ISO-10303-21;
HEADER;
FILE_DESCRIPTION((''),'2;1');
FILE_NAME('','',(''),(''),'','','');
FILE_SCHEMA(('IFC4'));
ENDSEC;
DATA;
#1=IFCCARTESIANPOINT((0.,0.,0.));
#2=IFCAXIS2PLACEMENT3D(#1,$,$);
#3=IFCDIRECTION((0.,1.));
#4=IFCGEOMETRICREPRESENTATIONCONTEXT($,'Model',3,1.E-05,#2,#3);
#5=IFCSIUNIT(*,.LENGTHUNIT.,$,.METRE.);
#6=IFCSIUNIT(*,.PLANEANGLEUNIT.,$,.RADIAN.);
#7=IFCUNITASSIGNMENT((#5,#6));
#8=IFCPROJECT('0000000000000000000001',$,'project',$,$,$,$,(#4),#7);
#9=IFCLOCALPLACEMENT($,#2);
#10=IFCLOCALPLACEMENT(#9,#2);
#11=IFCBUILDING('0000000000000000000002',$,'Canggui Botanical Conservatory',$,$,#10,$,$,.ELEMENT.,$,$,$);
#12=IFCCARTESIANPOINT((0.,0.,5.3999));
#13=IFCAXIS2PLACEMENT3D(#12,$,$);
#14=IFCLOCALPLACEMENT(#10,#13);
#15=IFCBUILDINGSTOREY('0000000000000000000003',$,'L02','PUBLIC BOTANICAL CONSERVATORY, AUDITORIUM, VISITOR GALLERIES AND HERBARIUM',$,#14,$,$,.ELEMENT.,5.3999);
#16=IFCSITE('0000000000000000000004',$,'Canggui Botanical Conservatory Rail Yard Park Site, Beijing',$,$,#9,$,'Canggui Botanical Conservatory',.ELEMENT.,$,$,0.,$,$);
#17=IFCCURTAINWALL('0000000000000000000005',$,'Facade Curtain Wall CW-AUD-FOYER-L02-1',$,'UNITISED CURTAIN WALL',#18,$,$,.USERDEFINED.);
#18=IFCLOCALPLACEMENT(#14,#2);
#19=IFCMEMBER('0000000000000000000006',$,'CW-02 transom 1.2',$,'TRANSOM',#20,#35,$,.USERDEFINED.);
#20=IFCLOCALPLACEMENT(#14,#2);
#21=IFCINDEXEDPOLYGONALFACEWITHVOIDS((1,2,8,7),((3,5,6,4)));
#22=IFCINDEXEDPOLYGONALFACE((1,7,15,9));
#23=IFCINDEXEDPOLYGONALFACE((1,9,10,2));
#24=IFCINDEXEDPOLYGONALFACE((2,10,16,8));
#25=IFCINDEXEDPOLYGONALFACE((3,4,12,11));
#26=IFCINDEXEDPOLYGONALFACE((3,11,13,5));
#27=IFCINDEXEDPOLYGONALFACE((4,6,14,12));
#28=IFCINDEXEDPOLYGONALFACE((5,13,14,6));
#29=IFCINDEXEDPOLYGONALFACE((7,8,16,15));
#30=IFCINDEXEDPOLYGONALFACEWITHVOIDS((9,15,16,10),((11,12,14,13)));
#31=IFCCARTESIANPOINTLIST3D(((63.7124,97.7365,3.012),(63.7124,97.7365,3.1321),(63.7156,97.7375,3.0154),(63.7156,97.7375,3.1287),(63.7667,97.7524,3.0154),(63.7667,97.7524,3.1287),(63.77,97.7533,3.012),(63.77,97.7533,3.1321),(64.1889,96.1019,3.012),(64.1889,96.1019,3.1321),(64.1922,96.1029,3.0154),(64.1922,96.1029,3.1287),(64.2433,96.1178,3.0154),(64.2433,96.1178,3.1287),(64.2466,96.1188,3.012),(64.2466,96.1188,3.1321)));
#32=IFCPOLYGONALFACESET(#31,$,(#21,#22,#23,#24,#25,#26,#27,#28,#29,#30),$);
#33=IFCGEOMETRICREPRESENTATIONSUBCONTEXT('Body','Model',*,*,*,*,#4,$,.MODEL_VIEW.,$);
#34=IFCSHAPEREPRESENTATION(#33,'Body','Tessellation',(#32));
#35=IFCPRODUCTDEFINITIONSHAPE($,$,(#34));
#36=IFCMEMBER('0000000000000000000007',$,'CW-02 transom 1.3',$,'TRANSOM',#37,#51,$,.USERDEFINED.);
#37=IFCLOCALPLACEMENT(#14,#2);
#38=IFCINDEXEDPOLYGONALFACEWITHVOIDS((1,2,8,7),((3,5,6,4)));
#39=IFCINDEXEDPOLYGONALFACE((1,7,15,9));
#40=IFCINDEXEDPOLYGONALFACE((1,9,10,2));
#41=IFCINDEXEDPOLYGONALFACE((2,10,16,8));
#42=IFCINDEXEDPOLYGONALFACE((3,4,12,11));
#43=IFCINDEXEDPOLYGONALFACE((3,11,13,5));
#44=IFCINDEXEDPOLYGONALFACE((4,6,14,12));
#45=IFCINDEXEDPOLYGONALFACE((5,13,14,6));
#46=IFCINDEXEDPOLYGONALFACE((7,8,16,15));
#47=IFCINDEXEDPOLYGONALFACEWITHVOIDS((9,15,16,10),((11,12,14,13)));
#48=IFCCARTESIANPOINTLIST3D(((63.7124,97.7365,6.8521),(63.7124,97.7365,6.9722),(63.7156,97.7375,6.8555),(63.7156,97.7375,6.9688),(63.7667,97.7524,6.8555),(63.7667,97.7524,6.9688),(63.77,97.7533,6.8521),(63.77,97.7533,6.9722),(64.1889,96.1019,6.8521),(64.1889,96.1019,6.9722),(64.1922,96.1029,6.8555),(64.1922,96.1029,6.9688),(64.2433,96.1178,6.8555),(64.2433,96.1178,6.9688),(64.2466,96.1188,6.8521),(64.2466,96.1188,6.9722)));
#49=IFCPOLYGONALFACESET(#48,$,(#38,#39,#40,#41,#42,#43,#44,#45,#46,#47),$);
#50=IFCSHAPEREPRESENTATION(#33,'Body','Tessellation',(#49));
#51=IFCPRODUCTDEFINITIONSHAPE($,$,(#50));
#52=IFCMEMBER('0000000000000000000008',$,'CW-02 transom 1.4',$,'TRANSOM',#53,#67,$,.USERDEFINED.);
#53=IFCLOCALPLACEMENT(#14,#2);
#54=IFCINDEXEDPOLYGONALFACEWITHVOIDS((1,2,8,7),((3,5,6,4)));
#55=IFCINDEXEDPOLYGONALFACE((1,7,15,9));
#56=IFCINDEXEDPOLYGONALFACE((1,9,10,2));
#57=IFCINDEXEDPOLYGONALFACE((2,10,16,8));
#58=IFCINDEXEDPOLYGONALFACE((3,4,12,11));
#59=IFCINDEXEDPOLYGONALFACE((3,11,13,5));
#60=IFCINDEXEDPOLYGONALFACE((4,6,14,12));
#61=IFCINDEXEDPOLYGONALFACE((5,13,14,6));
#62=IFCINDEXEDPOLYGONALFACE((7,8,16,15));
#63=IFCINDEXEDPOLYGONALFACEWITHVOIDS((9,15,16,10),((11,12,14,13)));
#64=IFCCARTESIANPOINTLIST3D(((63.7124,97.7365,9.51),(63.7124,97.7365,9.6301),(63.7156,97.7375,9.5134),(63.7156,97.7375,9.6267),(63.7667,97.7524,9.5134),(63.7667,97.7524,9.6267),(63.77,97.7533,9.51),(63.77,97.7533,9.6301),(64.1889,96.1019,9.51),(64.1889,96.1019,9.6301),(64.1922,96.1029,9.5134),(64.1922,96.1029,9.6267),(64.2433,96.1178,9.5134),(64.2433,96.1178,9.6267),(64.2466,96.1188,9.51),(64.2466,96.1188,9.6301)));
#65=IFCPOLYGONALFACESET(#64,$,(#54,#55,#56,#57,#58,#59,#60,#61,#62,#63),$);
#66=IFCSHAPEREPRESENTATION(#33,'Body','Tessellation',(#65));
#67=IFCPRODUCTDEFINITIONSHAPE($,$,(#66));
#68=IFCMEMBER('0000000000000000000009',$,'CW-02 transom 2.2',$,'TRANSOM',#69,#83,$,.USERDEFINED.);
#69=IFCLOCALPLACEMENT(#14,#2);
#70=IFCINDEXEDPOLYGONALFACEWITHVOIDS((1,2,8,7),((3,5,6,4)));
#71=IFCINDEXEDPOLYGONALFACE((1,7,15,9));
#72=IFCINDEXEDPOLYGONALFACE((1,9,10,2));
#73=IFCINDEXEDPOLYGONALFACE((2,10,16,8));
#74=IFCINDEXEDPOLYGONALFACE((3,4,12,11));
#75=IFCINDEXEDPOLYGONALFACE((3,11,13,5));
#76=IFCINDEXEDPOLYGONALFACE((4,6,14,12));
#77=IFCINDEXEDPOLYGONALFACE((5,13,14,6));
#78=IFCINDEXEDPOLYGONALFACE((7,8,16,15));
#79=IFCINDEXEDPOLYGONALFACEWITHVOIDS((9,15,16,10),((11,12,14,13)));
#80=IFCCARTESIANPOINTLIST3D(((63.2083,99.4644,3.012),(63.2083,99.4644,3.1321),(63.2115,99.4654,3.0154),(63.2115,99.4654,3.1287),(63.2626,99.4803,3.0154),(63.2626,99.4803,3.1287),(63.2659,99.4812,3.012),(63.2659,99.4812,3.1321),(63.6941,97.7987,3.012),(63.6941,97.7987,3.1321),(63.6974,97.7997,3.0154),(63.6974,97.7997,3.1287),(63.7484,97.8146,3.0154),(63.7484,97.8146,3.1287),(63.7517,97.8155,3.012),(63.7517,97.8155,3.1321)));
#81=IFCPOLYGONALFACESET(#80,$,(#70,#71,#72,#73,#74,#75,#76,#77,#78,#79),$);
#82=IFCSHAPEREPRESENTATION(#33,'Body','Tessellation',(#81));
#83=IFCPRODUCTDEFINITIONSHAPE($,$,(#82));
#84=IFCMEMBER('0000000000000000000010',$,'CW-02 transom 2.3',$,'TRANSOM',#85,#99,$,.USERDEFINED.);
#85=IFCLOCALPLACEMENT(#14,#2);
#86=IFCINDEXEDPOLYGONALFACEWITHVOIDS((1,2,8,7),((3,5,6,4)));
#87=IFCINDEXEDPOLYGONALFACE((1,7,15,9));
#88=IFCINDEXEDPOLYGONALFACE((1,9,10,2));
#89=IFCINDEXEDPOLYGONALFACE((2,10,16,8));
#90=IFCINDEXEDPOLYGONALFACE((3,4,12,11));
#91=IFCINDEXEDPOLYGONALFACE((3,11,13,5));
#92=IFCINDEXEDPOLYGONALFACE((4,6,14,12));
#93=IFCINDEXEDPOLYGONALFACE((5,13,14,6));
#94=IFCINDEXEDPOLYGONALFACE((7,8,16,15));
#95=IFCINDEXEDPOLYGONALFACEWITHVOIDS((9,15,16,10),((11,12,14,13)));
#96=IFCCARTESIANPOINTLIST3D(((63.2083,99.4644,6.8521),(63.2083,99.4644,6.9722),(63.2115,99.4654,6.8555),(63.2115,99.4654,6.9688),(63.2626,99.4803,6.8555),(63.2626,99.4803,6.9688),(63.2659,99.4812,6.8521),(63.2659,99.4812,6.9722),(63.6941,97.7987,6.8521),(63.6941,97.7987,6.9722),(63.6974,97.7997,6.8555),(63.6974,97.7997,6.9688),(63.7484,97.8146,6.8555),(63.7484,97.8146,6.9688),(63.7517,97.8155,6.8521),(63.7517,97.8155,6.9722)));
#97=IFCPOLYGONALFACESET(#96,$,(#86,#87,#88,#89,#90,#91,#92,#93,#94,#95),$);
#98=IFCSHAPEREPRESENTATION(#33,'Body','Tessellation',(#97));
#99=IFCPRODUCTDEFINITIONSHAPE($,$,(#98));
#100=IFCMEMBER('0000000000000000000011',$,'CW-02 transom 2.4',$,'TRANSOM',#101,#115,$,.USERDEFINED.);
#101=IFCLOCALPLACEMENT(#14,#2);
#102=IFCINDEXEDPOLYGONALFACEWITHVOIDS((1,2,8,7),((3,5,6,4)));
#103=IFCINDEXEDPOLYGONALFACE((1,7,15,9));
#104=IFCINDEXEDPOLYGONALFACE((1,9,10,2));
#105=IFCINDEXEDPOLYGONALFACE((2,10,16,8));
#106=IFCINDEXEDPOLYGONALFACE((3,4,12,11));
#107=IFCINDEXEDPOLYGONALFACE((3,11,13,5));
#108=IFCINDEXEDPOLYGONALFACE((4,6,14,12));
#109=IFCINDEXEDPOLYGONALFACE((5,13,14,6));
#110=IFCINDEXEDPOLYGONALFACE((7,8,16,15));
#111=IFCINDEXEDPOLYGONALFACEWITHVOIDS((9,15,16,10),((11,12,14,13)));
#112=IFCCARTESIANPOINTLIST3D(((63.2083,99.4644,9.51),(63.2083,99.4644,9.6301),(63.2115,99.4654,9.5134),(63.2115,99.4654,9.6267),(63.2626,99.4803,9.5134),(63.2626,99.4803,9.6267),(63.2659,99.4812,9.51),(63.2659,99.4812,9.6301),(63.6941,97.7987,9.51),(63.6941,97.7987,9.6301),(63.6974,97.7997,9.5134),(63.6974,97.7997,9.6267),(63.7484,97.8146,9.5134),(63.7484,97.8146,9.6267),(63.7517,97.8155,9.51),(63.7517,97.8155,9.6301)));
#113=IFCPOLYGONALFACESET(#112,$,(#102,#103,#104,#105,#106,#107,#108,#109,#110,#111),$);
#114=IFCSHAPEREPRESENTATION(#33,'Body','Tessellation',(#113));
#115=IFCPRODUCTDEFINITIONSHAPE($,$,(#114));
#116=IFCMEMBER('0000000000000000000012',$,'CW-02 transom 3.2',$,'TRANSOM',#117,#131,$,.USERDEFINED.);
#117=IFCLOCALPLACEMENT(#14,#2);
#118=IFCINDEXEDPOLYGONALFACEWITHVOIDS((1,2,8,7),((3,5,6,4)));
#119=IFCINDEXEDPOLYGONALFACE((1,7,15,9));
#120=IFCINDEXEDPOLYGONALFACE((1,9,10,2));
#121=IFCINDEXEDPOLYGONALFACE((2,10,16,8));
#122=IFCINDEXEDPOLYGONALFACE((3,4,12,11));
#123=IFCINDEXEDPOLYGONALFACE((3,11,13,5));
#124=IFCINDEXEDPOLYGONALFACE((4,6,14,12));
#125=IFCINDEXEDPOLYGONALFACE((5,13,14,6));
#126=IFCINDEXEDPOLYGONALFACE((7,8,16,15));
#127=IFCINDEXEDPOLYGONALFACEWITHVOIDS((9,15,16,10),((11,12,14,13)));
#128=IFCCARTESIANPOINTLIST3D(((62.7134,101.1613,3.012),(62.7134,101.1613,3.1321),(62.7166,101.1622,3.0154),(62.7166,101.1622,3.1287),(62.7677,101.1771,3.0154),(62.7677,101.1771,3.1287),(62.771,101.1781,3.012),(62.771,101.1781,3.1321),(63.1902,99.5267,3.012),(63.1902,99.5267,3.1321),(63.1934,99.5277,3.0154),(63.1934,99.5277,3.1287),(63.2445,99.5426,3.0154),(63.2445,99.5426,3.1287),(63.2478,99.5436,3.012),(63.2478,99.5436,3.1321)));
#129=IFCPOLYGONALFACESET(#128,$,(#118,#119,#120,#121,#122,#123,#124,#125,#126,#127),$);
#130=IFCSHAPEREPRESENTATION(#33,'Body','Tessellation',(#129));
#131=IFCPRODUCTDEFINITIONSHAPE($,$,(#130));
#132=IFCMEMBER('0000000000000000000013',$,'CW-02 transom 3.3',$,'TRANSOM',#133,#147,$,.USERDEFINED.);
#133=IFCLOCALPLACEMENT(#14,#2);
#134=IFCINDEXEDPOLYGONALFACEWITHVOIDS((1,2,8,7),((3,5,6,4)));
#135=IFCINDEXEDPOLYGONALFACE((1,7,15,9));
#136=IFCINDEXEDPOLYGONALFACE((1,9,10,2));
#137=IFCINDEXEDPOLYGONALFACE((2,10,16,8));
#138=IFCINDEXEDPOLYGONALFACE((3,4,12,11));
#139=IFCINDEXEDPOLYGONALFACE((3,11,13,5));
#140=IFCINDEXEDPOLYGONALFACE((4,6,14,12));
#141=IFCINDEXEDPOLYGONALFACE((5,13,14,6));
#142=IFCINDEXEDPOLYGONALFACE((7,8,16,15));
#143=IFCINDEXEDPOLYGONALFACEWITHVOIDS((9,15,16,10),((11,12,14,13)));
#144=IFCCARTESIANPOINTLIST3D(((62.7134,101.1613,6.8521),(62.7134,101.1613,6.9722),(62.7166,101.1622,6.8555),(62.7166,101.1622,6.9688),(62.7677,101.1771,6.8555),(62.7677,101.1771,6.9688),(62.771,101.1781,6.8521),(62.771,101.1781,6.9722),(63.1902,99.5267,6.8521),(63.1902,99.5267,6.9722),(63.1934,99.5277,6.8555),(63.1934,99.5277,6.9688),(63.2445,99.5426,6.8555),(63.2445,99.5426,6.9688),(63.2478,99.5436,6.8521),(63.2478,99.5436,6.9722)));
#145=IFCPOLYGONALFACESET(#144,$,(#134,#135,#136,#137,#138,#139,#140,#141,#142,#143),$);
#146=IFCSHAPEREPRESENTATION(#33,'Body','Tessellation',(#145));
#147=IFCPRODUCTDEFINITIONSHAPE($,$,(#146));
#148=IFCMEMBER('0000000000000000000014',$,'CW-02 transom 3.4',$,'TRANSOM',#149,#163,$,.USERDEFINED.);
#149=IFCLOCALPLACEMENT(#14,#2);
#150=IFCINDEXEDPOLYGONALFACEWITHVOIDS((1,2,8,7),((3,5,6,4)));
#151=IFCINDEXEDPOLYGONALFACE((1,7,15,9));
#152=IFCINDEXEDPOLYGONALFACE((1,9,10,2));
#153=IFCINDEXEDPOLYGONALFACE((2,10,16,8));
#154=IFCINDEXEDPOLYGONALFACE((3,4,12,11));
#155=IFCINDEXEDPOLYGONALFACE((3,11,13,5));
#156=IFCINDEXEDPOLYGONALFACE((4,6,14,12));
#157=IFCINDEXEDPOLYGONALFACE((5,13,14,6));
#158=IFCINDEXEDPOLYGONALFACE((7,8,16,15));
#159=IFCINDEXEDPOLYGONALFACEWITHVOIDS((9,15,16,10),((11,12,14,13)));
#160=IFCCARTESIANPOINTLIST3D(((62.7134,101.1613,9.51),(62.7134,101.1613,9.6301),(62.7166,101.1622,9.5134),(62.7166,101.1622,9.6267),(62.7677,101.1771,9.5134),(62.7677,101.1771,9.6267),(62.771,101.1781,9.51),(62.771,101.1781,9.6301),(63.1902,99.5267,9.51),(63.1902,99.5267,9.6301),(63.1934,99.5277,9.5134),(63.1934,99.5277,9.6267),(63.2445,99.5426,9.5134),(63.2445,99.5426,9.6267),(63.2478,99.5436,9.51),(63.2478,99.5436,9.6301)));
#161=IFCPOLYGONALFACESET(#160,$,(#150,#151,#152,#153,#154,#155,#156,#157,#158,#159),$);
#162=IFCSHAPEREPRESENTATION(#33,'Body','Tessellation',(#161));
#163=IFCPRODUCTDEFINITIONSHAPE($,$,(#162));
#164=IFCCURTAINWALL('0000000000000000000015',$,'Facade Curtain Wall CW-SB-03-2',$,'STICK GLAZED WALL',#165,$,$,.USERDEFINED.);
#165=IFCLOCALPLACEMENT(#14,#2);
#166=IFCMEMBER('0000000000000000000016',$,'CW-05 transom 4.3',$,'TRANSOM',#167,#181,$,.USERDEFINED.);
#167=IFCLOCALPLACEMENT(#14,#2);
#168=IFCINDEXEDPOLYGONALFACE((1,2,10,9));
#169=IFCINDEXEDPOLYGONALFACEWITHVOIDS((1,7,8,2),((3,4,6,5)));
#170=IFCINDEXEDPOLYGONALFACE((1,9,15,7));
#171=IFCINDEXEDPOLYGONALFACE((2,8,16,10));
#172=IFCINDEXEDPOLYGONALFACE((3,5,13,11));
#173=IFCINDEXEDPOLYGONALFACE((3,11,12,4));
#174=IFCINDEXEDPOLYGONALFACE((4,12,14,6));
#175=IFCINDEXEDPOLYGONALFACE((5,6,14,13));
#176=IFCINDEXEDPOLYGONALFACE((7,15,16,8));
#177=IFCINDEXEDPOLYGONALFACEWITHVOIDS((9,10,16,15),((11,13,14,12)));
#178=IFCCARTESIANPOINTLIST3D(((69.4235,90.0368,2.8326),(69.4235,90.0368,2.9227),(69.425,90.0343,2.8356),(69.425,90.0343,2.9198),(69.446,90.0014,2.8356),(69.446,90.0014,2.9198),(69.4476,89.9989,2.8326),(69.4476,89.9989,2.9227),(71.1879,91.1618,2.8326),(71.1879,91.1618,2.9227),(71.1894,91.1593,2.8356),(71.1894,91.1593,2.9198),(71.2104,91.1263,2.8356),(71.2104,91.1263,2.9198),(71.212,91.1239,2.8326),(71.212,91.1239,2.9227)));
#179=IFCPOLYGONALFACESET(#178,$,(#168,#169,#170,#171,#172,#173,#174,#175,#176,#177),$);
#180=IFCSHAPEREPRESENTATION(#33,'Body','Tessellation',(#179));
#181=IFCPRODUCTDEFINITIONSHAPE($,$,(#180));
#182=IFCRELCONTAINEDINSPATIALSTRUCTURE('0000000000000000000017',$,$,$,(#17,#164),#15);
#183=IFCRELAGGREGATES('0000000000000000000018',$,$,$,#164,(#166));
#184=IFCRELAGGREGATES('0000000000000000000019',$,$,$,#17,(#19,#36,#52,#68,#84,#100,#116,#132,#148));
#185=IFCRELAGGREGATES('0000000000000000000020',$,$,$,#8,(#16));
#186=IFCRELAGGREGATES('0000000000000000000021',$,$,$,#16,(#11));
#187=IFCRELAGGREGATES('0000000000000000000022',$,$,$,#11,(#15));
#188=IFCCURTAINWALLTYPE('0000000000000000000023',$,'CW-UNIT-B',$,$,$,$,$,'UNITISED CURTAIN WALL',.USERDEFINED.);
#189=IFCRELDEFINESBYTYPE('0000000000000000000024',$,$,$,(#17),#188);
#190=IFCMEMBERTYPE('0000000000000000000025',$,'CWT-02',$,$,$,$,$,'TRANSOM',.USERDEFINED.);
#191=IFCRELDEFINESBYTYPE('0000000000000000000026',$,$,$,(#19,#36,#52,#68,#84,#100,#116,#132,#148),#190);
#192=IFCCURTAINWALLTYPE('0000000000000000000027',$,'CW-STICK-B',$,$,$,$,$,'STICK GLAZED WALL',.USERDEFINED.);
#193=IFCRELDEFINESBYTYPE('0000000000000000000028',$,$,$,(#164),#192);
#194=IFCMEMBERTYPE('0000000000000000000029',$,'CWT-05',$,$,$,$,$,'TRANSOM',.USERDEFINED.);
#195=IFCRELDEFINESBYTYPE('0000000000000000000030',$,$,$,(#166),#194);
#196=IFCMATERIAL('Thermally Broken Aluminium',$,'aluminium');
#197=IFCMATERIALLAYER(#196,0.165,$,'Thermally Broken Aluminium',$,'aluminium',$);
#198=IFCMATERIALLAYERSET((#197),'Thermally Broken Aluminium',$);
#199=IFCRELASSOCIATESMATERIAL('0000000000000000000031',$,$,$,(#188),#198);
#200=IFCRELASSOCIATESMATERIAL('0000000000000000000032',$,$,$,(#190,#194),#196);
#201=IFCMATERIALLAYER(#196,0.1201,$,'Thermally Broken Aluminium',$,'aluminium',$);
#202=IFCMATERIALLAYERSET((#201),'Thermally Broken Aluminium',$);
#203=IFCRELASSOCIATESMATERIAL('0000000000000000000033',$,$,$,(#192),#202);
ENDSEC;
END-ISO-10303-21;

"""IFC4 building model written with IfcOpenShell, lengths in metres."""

from ifc_helpers import new_model, si_unit, direction, frame, origin, origin_2d, place, context, subcontext, project, spatial, hollow_rectangle, extrude, material, layer, layer_set, material_profile, profile_set, type_object, element, aggregate, save


model = new_model("IFC4")

# Units and contexts
model_context = context("Model", 3, precision=1e-05, world=origin(), true_north=direction((0.0, 1.0)))
body_context = subcontext(model_context, "Body", "Model", "MODEL_VIEW")
ifc_project = project(units=[si_unit("LENGTHUNIT", "METRE"), si_unit("PLANEANGLEUNIT", "RADIAN")], contexts=[model_context])

# Site, building, storey
site_placement = place(None, origin())
site = spatial("IfcSite", under=ifc_project, at=site_placement, Name="Canggui Botanical Conservatory Rail Yard Park Site, Beijing", LongName="Canggui Botanical Conservatory", CompositionType="ELEMENT", RefElevation=0.0)
building_placement = place(site_placement, origin())
building = spatial("IfcBuilding", under=site, at=building_placement, Name="Canggui Botanical Conservatory", CompositionType="ELEMENT")
storey_placement = place(building_placement, frame((0.0, 0.0, 5.3999)))
storey = spatial("IfcBuildingStorey", under=building, at=storey_placement, Name="L02", Description="PUBLIC BOTANICAL CONSERVATORY, AUDITORIUM, VISITOR GALLERIES AND HERBARIUM", CompositionType="ELEMENT", Elevation=5.3999)

# Curtain wall, members
ifc_material_1 = material(Name="Thermally Broken Aluminium", Category="aluminium")
ifc_layer_1 = layer(ifc_material_1, 0.165, Name="Thermally Broken Aluminium", Category="aluminium")
ifc_layer_set_1 = layer_set([ifc_layer_1], Name="Thermally Broken Aluminium")
curtain_wall_type_1 = type_object("IfcCurtainWallType", Name="CW-UNIT-B", ElementType="UNITISED CURTAIN WALL", PredefinedType="USERDEFINED", material=ifc_layer_set_1)
curtain_wall_1_placement = place(storey_placement, origin())
curtain_wall_1 = element("IfcCurtainWall", 1, at=curtain_wall_1_placement, inside=storey, type_object=curtain_wall_type_1, Name="Facade Curtain Wall CW-AUD-FOYER-L02-1", ObjectType="UNITISED CURTAIN WALL", PredefinedType="USERDEFINED")
ifc_material_profile_1 = material_profile(ifc_material_1, hollow_rectangle(XDim=0.0601, YDim=0.1201, WallThickness=0.0034, at=origin_2d()), Name="CWT 60x120x3.5")
ifc_profile_set_1 = profile_set([ifc_material_profile_1], Name="Thermally Broken Aluminium")
member_type_1 = type_object("IfcMemberType", Name="CWT-02", ElementType="TRANSOM", PredefinedType="USERDEFINED", material=ifc_profile_set_1)
member_1_placement = place(storey_placement, frame((64.2178, 96.1104, 3.072), z_axis=(-0.279906, 0.960027, 0.0), x_axis=(-0.960027, -0.279906, 0.0)))
member_1 = element("IfcMember", 2, at=member_1_placement, type_object=member_type_1, Name="CW-02 transom 1.2", ObjectType="TRANSOM", PredefinedType="USERDEFINED", context=body_context, shape_type="SweptSolid", body=[
    extrude(hollow_rectangle(XDim=0.0601, YDim=0.1201, WallThickness=0.0034, at=origin_2d()), origin(), (0.0, 0.0, 1.0), 1.7026),
])
member_2_placement = place(storey_placement, frame((64.2178, 96.1104, 6.9121), z_axis=(-0.279906, 0.960027, 0.0), x_axis=(-0.960027, -0.279906, 0.0)))
member_2 = element("IfcMember", 3, at=member_2_placement, type_object=member_type_1, Name="CW-02 transom 1.3", ObjectType="TRANSOM", PredefinedType="USERDEFINED", context=body_context, shape_type="SweptSolid", body=[
    extrude(hollow_rectangle(XDim=0.0601, YDim=0.1201, WallThickness=0.0034, at=origin_2d()), origin(), (0.0, 0.0, 1.0), 1.7026),
])
member_3_placement = place(storey_placement, frame((64.2178, 96.1104, 9.5701), z_axis=(-0.279906, 0.960027, 0.0), x_axis=(-0.960027, -0.279906, 0.0)))
member_3 = element("IfcMember", 4, at=member_3_placement, type_object=member_type_1, Name="CW-02 transom 1.4", ObjectType="TRANSOM", PredefinedType="USERDEFINED", context=body_context, shape_type="SweptSolid", body=[
    extrude(hollow_rectangle(XDim=0.0601, YDim=0.1201, WallThickness=0.0034, at=origin_2d()), origin(), (0.0, 0.0, 1.0), 1.7026),
])
member_4_placement = place(storey_placement, frame((63.7229, 97.8071, 3.072), z_axis=(-0.279995, 0.960002, 0.0), x_axis=(-0.960002, -0.279995, 0.0)))
member_4 = element("IfcMember", 5, at=member_4_placement, type_object=member_type_1, Name="CW-02 transom 2.2", ObjectType="TRANSOM", PredefinedType="USERDEFINED", context=body_context, shape_type="SweptSolid", body=[
    extrude(hollow_rectangle(XDim=0.0601, YDim=0.1201, WallThickness=0.0034, at=origin_2d()), origin(), (0.0, 0.0, 1.0), 1.7351),
])
member_5_placement = place(storey_placement, frame((63.7229, 97.8071, 6.9121), z_axis=(-0.279995, 0.960002, 0.0), x_axis=(-0.960002, -0.279995, 0.0)))
member_5 = element("IfcMember", 6, at=member_5_placement, type_object=member_type_1, Name="CW-02 transom 2.3", ObjectType="TRANSOM", PredefinedType="USERDEFINED", context=body_context, shape_type="SweptSolid", body=[
    extrude(hollow_rectangle(XDim=0.0601, YDim=0.1201, WallThickness=0.0034, at=origin_2d()), origin(), (0.0, 0.0, 1.0), 1.7351),
])
member_6_placement = place(storey_placement, frame((63.7229, 97.8071, 9.5701), z_axis=(-0.279995, 0.960002, 0.0), x_axis=(-0.960002, -0.279995, 0.0)))
member_6 = element("IfcMember", 7, at=member_6_placement, type_object=member_type_1, Name="CW-02 transom 2.4", ObjectType="TRANSOM", PredefinedType="USERDEFINED", context=body_context, shape_type="SweptSolid", body=[
    extrude(hollow_rectangle(XDim=0.0601, YDim=0.1201, WallThickness=0.0034, at=origin_2d()), origin(), (0.0, 0.0, 1.0), 1.7351),
])
member_7_placement = place(storey_placement, frame((63.219, 99.5352, 3.072), z_axis=(-0.280039, 0.959989, 0.0), x_axis=(-0.959989, -0.280039, 0.0)))
member_7 = element("IfcMember", 8, at=member_7_placement, type_object=member_type_1, Name="CW-02 transom 3.2", ObjectType="TRANSOM", PredefinedType="USERDEFINED", context=body_context, shape_type="SweptSolid", body=[
    extrude(hollow_rectangle(XDim=0.0601, YDim=0.1201, WallThickness=0.0034, at=origin_2d()), origin(), (0.0, 0.0, 1.0), 1.7026),
])
member_8_placement = place(storey_placement, frame((63.219, 99.5352, 6.9121), z_axis=(-0.280039, 0.959989, 0.0), x_axis=(-0.959989, -0.280039, 0.0)))
member_8 = element("IfcMember", 9, at=member_8_placement, type_object=member_type_1, Name="CW-02 transom 3.3", ObjectType="TRANSOM", PredefinedType="USERDEFINED", context=body_context, shape_type="SweptSolid", body=[
    extrude(hollow_rectangle(XDim=0.0601, YDim=0.1201, WallThickness=0.0034, at=origin_2d()), origin(), (0.0, 0.0, 1.0), 1.7026),
])
member_9_placement = place(storey_placement, frame((63.219, 99.5352, 9.5701), z_axis=(-0.280039, 0.959989, 0.0), x_axis=(-0.959989, -0.280039, 0.0)))
member_9 = element("IfcMember", 10, at=member_9_placement, type_object=member_type_1, Name="CW-02 transom 3.4", ObjectType="TRANSOM", PredefinedType="USERDEFINED", context=body_context, shape_type="SweptSolid", body=[
    extrude(hollow_rectangle(XDim=0.0601, YDim=0.1201, WallThickness=0.0034, at=origin_2d()), origin(), (0.0, 0.0, 1.0), 1.7026),
])

# Curtain wall, member
ifc_layer_2 = layer(ifc_material_1, 0.1201, Name="Thermally Broken Aluminium", Category="aluminium")
ifc_layer_set_2 = layer_set([ifc_layer_2], Name="Thermally Broken Aluminium")
curtain_wall_type_2 = type_object("IfcCurtainWallType", Name="CW-STICK-B", ElementType="STICK GLAZED WALL", PredefinedType="USERDEFINED", material=ifc_layer_set_2)
curtain_wall_2_placement = place(storey_placement, origin())
curtain_wall_2 = element("IfcCurtainWall", 11, at=curtain_wall_2_placement, inside=storey, type_object=curtain_wall_type_2, Name="Facade Curtain Wall CW-SB-03-2", ObjectType="STICK GLAZED WALL", PredefinedType="USERDEFINED")
ifc_material_profile_2 = material_profile(ifc_material_1, hollow_rectangle(XDim=0.0449, YDim=0.0901, WallThickness=0.0029, at=origin_2d()), Name="CWT 45x90x3")
ifc_profile_set_2 = profile_set([ifc_material_profile_2], Name="Thermally Broken Aluminium")
member_type_2 = type_object("IfcMemberType", Name="CWT-05", ElementType="TRANSOM", PredefinedType="USERDEFINED", material=ifc_profile_set_2)
member_10_placement = place(storey_placement, frame((69.4355, 90.0178, 2.8777), z_axis=(0.843186, 0.537623, 0.0), x_axis=(-0.537623, 0.843186, 0.0)))
member_10 = element("IfcMember", 12, at=member_10_placement, type_object=member_type_2, Name="CW-05 transom 4.3", ObjectType="TRANSOM", PredefinedType="USERDEFINED", context=body_context, shape_type="SweptSolid", body=[
    extrude(hollow_rectangle(XDim=0.0449, YDim=0.0901, WallThickness=0.0029, at=origin_2d()), origin(), (0.0, 0.0, 1.0), 2.0925),
])
aggregate(curtain_wall_2, [member_10])

aggregate(curtain_wall_1, [member_1, member_2, member_3, member_4, member_5, member_6, member_7, member_8, member_9])

save(model, "model.ifc")
